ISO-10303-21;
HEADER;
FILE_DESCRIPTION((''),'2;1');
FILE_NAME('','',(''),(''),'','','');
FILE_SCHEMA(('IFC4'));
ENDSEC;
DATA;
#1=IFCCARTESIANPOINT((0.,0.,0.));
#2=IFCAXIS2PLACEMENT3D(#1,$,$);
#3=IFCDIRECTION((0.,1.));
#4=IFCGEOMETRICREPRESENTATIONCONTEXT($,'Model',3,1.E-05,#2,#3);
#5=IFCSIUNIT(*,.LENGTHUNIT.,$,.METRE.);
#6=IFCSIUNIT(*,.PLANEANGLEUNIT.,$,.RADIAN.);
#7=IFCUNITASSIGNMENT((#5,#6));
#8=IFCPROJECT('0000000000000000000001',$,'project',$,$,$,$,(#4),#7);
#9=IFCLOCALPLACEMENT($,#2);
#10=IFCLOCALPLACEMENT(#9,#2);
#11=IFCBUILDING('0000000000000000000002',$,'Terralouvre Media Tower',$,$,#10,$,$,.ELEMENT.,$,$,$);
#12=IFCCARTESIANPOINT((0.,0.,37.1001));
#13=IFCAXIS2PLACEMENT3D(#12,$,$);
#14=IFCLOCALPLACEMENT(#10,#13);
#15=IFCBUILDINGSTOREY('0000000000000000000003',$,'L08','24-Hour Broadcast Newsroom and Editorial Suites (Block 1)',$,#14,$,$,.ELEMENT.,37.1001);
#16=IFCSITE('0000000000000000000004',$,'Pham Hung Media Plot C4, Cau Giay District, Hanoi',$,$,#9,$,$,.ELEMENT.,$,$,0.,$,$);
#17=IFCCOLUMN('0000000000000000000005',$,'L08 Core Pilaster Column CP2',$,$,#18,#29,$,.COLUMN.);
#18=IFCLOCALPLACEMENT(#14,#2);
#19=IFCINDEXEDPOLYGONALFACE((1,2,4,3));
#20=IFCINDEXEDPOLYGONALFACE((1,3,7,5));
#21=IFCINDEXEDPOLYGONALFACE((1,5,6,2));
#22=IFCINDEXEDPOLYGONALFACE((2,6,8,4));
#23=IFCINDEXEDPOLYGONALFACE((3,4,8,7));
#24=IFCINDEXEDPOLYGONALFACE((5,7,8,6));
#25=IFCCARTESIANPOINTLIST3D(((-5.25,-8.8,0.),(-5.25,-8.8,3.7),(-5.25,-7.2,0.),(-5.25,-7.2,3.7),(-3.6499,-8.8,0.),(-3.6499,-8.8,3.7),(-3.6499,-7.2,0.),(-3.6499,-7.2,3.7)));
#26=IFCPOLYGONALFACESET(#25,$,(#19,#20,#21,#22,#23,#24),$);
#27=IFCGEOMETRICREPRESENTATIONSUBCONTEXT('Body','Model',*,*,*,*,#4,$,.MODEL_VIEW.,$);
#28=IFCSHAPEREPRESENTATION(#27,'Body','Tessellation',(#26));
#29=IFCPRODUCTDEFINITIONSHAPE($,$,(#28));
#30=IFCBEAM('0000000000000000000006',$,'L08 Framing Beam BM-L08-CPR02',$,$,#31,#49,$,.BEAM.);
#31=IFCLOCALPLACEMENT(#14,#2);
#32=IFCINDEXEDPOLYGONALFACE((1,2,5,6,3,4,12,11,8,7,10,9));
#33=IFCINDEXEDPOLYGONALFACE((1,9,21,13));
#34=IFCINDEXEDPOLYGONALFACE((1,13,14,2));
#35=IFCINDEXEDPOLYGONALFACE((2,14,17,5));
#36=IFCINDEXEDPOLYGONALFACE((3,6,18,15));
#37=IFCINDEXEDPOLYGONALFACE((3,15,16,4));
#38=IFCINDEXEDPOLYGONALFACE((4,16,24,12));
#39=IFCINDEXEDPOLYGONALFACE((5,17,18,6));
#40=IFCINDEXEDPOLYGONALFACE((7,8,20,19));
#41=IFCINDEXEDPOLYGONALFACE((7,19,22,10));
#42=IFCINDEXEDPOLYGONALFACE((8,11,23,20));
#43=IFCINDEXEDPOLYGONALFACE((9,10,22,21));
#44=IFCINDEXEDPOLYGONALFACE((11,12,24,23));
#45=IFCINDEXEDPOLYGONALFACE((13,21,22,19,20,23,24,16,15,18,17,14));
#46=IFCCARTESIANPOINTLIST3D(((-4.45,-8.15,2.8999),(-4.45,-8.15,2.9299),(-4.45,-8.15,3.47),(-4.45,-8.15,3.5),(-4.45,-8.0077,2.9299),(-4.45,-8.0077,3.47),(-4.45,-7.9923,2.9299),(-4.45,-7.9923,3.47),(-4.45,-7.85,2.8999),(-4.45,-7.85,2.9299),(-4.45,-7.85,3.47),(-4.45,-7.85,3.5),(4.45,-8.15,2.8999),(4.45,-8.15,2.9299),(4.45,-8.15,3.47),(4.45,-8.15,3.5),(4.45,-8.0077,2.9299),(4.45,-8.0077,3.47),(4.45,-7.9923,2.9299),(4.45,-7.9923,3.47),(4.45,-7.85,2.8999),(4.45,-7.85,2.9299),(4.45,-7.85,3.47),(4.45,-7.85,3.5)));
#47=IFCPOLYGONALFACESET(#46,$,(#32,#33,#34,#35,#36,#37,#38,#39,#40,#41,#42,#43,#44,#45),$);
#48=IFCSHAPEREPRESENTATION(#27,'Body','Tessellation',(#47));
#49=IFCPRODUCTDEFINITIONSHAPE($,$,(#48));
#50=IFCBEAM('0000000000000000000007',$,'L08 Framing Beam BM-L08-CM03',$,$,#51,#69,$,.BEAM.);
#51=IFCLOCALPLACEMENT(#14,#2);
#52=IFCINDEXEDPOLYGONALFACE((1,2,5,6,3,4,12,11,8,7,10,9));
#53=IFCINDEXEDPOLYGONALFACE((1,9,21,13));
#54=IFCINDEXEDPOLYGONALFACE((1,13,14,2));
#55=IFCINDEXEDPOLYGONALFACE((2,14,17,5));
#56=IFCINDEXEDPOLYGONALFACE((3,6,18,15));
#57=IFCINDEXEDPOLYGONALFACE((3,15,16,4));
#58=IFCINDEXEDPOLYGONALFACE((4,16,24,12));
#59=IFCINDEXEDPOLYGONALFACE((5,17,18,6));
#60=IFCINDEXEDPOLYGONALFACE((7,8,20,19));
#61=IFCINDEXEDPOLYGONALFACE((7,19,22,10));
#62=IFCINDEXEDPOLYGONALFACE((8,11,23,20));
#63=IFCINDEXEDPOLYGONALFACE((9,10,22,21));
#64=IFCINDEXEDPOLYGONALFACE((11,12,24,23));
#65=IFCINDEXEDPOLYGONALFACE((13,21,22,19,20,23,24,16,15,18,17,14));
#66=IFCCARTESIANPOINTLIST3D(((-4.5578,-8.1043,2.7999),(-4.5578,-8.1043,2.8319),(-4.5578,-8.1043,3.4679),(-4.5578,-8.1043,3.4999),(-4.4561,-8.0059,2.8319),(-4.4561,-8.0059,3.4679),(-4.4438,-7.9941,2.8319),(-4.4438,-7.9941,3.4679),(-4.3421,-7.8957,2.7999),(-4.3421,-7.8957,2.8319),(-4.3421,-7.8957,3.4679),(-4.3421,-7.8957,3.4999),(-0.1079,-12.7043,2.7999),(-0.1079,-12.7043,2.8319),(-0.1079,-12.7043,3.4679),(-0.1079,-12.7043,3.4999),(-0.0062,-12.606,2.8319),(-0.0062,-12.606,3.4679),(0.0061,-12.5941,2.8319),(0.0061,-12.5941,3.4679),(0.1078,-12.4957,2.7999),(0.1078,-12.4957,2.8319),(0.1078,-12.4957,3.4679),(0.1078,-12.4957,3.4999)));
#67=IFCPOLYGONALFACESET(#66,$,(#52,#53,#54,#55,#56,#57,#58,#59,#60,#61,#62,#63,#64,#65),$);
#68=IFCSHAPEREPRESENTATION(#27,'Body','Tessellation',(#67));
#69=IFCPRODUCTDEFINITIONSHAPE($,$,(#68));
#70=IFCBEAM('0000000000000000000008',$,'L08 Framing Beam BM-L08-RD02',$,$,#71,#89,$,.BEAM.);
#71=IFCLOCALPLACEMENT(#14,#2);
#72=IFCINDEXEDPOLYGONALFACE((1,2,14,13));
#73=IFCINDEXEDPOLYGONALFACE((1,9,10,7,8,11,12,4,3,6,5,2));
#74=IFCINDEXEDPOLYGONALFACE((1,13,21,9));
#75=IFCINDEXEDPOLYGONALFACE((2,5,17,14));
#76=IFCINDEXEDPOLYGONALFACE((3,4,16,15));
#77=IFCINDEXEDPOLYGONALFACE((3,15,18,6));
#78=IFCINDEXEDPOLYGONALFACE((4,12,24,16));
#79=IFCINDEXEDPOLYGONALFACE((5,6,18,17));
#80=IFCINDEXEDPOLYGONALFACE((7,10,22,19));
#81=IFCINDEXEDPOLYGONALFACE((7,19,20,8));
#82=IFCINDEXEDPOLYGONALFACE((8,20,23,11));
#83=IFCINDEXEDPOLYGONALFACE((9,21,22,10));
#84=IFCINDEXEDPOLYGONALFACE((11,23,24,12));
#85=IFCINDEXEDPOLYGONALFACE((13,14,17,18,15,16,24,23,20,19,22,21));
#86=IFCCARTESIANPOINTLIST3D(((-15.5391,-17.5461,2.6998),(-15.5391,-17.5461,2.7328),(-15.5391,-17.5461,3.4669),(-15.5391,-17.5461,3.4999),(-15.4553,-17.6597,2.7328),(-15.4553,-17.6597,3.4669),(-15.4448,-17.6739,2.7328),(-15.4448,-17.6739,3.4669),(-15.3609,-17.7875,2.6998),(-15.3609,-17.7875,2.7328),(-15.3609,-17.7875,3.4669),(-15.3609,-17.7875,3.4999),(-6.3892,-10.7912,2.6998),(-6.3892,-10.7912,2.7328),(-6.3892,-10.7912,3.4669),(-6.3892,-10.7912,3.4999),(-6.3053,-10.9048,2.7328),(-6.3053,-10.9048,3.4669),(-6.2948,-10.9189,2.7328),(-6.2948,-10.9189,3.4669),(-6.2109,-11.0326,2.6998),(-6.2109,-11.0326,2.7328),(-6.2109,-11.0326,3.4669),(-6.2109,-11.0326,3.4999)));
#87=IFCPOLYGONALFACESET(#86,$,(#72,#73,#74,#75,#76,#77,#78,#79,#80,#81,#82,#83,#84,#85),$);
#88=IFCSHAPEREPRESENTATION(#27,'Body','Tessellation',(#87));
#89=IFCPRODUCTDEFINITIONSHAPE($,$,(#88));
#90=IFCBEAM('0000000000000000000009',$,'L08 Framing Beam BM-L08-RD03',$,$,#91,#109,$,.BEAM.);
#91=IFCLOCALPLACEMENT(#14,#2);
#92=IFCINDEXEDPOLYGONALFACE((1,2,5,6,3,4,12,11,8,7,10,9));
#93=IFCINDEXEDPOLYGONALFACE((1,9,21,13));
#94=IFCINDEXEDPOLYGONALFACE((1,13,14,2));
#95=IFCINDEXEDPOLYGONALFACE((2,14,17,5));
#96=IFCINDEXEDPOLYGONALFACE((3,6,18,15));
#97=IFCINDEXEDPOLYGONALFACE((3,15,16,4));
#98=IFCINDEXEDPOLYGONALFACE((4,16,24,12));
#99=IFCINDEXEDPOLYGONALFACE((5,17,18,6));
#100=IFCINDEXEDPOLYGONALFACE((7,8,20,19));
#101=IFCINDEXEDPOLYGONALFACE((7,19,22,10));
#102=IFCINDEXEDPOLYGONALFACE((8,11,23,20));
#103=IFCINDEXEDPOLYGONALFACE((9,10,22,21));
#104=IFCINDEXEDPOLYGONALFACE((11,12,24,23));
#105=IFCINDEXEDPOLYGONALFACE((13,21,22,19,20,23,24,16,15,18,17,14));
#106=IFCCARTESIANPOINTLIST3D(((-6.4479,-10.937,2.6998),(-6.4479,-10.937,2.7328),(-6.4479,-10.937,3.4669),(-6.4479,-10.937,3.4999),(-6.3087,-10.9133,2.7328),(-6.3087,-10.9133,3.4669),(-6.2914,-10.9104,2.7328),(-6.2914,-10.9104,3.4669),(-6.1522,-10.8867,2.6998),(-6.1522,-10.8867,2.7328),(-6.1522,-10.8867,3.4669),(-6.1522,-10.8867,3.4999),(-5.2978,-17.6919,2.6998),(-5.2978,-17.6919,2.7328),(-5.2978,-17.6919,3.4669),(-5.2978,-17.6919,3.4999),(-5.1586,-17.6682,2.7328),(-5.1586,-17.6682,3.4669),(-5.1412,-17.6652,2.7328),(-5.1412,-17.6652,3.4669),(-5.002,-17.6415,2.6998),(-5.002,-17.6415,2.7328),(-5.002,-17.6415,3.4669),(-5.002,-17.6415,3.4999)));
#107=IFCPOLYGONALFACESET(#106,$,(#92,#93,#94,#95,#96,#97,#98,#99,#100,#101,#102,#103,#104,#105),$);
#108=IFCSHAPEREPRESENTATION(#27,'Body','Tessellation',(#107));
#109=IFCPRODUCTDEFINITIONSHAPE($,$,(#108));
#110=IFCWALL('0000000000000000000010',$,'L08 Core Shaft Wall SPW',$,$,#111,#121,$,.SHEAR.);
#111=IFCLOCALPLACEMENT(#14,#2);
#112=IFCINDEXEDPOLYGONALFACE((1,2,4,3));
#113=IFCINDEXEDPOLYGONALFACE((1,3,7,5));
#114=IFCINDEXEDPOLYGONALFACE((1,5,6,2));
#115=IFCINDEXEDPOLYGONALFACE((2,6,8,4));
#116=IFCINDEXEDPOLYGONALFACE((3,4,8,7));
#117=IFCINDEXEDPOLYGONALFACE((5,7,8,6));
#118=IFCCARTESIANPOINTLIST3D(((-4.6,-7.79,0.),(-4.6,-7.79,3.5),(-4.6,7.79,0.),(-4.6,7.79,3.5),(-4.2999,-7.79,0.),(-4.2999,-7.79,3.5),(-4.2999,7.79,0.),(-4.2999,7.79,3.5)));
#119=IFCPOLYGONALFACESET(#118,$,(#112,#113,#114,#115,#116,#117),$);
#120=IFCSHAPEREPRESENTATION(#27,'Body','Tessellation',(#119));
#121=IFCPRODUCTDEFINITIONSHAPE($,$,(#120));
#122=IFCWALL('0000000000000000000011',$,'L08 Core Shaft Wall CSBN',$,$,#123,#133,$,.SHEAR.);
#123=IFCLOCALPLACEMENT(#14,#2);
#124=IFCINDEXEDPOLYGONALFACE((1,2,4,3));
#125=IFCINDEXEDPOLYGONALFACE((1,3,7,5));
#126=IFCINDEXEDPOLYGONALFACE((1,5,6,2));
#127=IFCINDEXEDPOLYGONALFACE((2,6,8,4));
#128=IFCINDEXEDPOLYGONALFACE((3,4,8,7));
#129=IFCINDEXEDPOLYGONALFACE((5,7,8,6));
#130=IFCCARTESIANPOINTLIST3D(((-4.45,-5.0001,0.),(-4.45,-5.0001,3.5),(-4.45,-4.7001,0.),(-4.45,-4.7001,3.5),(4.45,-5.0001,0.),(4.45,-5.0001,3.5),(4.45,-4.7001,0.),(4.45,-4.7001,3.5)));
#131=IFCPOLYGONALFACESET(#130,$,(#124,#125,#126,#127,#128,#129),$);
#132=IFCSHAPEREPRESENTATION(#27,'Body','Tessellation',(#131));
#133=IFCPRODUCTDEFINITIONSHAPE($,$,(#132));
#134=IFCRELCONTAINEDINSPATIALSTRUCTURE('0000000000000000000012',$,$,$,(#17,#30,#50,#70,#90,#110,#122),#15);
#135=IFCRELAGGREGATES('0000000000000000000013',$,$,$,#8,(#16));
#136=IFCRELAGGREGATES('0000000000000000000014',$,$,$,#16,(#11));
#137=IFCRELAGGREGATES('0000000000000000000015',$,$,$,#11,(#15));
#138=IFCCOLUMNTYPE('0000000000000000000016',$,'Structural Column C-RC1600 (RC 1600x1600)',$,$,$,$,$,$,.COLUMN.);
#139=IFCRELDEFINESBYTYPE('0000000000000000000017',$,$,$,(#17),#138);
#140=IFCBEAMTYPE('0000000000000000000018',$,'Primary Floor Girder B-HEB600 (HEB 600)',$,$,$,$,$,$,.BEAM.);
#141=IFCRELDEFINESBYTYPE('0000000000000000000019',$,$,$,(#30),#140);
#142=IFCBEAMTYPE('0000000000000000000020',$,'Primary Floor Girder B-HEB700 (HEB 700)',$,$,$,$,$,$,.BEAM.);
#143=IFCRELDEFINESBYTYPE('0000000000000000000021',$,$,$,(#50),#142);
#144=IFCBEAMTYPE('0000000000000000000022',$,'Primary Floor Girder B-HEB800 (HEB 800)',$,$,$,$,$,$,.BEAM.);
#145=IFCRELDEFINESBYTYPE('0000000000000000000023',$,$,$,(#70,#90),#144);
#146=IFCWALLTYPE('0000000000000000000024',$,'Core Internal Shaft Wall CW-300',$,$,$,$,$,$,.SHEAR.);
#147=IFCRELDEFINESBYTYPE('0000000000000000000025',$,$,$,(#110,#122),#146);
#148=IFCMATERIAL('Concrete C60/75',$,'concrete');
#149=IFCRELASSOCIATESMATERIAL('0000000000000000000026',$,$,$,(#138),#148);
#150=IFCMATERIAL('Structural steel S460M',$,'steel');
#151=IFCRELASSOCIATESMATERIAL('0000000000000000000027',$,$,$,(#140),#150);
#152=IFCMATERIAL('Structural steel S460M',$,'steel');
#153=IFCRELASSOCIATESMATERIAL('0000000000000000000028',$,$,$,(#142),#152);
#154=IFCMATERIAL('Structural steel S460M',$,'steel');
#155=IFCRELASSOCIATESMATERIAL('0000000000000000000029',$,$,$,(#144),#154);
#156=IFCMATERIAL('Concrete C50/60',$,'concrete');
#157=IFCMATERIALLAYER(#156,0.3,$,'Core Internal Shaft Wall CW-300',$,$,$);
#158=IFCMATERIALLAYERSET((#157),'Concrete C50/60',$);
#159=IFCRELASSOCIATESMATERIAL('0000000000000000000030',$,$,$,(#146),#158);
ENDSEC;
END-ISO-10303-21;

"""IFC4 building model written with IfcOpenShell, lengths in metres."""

from ifc_helpers import new_model, si_unit, direction, frame, frame_2d, origin, origin_2d, place, context, subcontext, project, spatial, rectangle, i_section, extrude, material, layer, layer_set, material_profile, profile_set, type_object, element, save


model = new_model("IFC4")

# Units and contexts
model_context = context("Model", 3, precision=1e-05, world=origin(), true_north=direction((0.0, 1.0)))
body_context = subcontext(model_context, "Body", "Model", "MODEL_VIEW")
ifc_project = project(units=[si_unit("LENGTHUNIT", "METRE"), si_unit("PLANEANGLEUNIT", "RADIAN")], contexts=[model_context])

# Site, building, storey
site_placement = place(None, origin())
site = spatial("IfcSite", under=ifc_project, at=site_placement, Name="Pham Hung Media Plot C4, Cau Giay District, Hanoi", CompositionType="ELEMENT", RefElevation=0.0)
building_placement = place(site_placement, origin())
building = spatial("IfcBuilding", under=site, at=building_placement, Name="Terralouvre Media Tower", CompositionType="ELEMENT")
storey_placement = place(building_placement, frame((0.0, 0.0, 37.1001)))
storey = spatial("IfcBuildingStorey", under=building, at=storey_placement, Name="L08", Description="24-Hour Broadcast Newsroom and Editorial Suites (Block 1)", CompositionType="ELEMENT", Elevation=37.1001)

# Column
ifc_material_1 = material(Name="Concrete C60/75", Category="concrete")
ifc_material_profile_1 = material_profile(ifc_material_1, rectangle(XDim=1.6001, YDim=1.6001, at=origin_2d()), Name="RC 1600x1600")
ifc_profile_set_1 = profile_set([ifc_material_profile_1], Name="Concrete C60/75")
column_type = type_object("IfcColumnType", Name="Structural Column C-RC1600 (RC 1600x1600)", PredefinedType="COLUMN", material=ifc_profile_set_1)
column_placement = place(storey_placement, frame((-4.45, -8.0, 0.0), z_axis=(0.0, 0.0, 1.0), x_axis=(1.0, 0.0, 0.0)))
element("IfcColumn", 1, at=column_placement, inside=storey, type_object=column_type, Name="L08 Core Pilaster Column CP2", PredefinedType="COLUMN", context=body_context, shape_type="SweptSolid", body=[
    extrude(rectangle(XDim=1.6001, YDim=1.6001, at=origin_2d()), origin(), (0.0, 0.0, 1.0), 3.7),
])

# Beams
ifc_material_2 = material(Name="Structural steel S460M", Category="steel")
ifc_material_profile_2 = material_profile(ifc_material_2, i_section(OverallWidth=0.3, OverallDepth=0.6001, WebThickness=0.0154, FlangeThickness=0.03, at=origin_2d()), Name="HEB 600")
ifc_profile_set_2 = profile_set([ifc_material_profile_2], Name="Structural steel S460M")
beam_type_1 = type_object("IfcBeamType", Name="Primary Floor Girder B-HEB600 (HEB 600)", PredefinedType="BEAM", material=ifc_profile_set_2)
beam_1_placement = place(storey_placement, frame((-4.45, -8.0, 3.2), z_axis=(1.0, 0.0, 0.0), x_axis=(0.0, 1.0, 0.0)))
element("IfcBeam", 2, at=beam_1_placement, inside=storey, type_object=beam_type_1, Name="L08 Framing Beam BM-L08-CPR02", PredefinedType="BEAM", context=body_context, shape_type="SweptSolid", body=[
    extrude(i_section(OverallWidth=0.3, OverallDepth=0.6001, WebThickness=0.0154, FlangeThickness=0.03, at=origin_2d()), origin(), (0.0, 0.0, 1.0), 8.8999),
])
ifc_material_3 = material(Name="Structural steel S460M", Category="steel")
ifc_material_profile_3 = material_profile(ifc_material_3, i_section(OverallWidth=0.3, OverallDepth=0.7, WebThickness=0.0171, FlangeThickness=0.032, at=origin_2d()), Name="HEB 700")
ifc_profile_set_3 = profile_set([ifc_material_profile_3], Name="Structural steel S460M")
beam_type_2 = type_object("IfcBeamType", Name="Primary Floor Girder B-HEB700 (HEB 700)", PredefinedType="BEAM", material=ifc_profile_set_3)
beam_2_placement = place(storey_placement, frame((-4.45, -8.0, 3.1499), z_axis=(0.69528, -0.718739, 0.0), x_axis=(0.718739, 0.69528, 0.0)))
element("IfcBeam", 3, at=beam_2_placement, inside=storey, type_object=beam_type_2, Name="L08 Framing Beam BM-L08-CM03", PredefinedType="BEAM", context=body_context, shape_type="SweptSolid", body=[
    extrude(i_section(OverallWidth=0.3, OverallDepth=0.7, WebThickness=0.0171, FlangeThickness=0.032, at=origin_2d()), origin(), (0.0, 0.0, 1.0), 6.4001),
])
ifc_material_4 = material(Name="Structural steel S460M", Category="steel")
ifc_material_profile_4 = material_profile(ifc_material_4, i_section(OverallWidth=0.3, OverallDepth=0.8, WebThickness=0.0176, FlangeThickness=0.033, at=origin_2d()), Name="HEB 800")
ifc_profile_set_4 = profile_set([ifc_material_profile_4], Name="Structural steel S460M")
beam_type_3 = type_object("IfcBeamType", Name="Primary Floor Girder B-HEB800 (HEB 800)", PredefinedType="BEAM", material=ifc_profile_set_4)
beam_3_placement = place(storey_placement, frame((-6.3, -10.9119, 3.0999), z_axis=(-0.804516, -0.593931, 0.0), x_axis=(0.593931, -0.804516, 0.0)))
element("IfcBeam", 4, at=beam_3_placement, inside=storey, type_object=beam_type_3, Name="L08 Framing Beam BM-L08-RD02", PredefinedType="BEAM", context=body_context, shape_type="SweptSolid", body=[
    extrude(i_section(OverallWidth=0.3, OverallDepth=0.8, WebThickness=0.0176, FlangeThickness=0.033, at=origin_2d()), origin(), (0.0, 0.0, 1.0), 11.3733),
])
beam_4_placement = place(storey_placement, frame((-6.3, -10.9119, 3.0999), z_axis=(0.167853, -0.985812, 0.0), x_axis=(0.985812, 0.167853, 0.0)))
element("IfcBeam", 5, at=beam_4_placement, inside=storey, type_object=beam_type_3, Name="L08 Framing Beam BM-L08-RD03", PredefinedType="BEAM", context=body_context, shape_type="SweptSolid", body=[
    extrude(i_section(OverallWidth=0.3, OverallDepth=0.8, WebThickness=0.0176, FlangeThickness=0.033, at=origin_2d()), origin(), (0.0, 0.0, 1.0), 6.8521),
])

# Walls
ifc_material_5 = material(Name="Concrete C50/60", Category="concrete")
ifc_layer_1 = layer(ifc_material_5, 0.3, Name="Core Internal Shaft Wall CW-300")
ifc_layer_set_1 = layer_set([ifc_layer_1], Name="Concrete C50/60")
wall_type_1 = type_object("IfcWallType", Name="Core Internal Shaft Wall CW-300", PredefinedType="SHEAR", material=ifc_layer_set_1)
wall_1_placement = place(storey_placement, frame((-4.45, -7.79, 0.0), z_axis=(0.0, 0.0, 1.0), x_axis=(0.0, 1.0, 0.0)))
element("IfcWall", 6, at=wall_1_placement, inside=storey, type_object=wall_type_1, Name="L08 Core Shaft Wall SPW", PredefinedType="SHEAR", context=body_context, shape_type="SweptSolid", body=[
    extrude(rectangle(XDim=15.5801, YDim=0.3, at=frame_2d((7.79, 0.0))), origin(), (0.0, 0.0, 1.0), 3.5),
])
wall_2_placement = place(storey_placement, frame((-4.45, -4.8501, 0.0), z_axis=(0.0, 0.0, 1.0), x_axis=(1.0, 0.0, 0.0)))
element("IfcWall", 7, at=wall_2_placement, inside=storey, type_object=wall_type_1, Name="L08 Core Shaft Wall CSBN", PredefinedType="SHEAR", context=body_context, shape_type="SweptSolid", body=[
    extrude(rectangle(XDim=8.8999, YDim=0.3, at=frame_2d((4.45, 0.0))), origin(), (0.0, 0.0, 1.0), 3.5),
])

save(model, "model.ifc")
